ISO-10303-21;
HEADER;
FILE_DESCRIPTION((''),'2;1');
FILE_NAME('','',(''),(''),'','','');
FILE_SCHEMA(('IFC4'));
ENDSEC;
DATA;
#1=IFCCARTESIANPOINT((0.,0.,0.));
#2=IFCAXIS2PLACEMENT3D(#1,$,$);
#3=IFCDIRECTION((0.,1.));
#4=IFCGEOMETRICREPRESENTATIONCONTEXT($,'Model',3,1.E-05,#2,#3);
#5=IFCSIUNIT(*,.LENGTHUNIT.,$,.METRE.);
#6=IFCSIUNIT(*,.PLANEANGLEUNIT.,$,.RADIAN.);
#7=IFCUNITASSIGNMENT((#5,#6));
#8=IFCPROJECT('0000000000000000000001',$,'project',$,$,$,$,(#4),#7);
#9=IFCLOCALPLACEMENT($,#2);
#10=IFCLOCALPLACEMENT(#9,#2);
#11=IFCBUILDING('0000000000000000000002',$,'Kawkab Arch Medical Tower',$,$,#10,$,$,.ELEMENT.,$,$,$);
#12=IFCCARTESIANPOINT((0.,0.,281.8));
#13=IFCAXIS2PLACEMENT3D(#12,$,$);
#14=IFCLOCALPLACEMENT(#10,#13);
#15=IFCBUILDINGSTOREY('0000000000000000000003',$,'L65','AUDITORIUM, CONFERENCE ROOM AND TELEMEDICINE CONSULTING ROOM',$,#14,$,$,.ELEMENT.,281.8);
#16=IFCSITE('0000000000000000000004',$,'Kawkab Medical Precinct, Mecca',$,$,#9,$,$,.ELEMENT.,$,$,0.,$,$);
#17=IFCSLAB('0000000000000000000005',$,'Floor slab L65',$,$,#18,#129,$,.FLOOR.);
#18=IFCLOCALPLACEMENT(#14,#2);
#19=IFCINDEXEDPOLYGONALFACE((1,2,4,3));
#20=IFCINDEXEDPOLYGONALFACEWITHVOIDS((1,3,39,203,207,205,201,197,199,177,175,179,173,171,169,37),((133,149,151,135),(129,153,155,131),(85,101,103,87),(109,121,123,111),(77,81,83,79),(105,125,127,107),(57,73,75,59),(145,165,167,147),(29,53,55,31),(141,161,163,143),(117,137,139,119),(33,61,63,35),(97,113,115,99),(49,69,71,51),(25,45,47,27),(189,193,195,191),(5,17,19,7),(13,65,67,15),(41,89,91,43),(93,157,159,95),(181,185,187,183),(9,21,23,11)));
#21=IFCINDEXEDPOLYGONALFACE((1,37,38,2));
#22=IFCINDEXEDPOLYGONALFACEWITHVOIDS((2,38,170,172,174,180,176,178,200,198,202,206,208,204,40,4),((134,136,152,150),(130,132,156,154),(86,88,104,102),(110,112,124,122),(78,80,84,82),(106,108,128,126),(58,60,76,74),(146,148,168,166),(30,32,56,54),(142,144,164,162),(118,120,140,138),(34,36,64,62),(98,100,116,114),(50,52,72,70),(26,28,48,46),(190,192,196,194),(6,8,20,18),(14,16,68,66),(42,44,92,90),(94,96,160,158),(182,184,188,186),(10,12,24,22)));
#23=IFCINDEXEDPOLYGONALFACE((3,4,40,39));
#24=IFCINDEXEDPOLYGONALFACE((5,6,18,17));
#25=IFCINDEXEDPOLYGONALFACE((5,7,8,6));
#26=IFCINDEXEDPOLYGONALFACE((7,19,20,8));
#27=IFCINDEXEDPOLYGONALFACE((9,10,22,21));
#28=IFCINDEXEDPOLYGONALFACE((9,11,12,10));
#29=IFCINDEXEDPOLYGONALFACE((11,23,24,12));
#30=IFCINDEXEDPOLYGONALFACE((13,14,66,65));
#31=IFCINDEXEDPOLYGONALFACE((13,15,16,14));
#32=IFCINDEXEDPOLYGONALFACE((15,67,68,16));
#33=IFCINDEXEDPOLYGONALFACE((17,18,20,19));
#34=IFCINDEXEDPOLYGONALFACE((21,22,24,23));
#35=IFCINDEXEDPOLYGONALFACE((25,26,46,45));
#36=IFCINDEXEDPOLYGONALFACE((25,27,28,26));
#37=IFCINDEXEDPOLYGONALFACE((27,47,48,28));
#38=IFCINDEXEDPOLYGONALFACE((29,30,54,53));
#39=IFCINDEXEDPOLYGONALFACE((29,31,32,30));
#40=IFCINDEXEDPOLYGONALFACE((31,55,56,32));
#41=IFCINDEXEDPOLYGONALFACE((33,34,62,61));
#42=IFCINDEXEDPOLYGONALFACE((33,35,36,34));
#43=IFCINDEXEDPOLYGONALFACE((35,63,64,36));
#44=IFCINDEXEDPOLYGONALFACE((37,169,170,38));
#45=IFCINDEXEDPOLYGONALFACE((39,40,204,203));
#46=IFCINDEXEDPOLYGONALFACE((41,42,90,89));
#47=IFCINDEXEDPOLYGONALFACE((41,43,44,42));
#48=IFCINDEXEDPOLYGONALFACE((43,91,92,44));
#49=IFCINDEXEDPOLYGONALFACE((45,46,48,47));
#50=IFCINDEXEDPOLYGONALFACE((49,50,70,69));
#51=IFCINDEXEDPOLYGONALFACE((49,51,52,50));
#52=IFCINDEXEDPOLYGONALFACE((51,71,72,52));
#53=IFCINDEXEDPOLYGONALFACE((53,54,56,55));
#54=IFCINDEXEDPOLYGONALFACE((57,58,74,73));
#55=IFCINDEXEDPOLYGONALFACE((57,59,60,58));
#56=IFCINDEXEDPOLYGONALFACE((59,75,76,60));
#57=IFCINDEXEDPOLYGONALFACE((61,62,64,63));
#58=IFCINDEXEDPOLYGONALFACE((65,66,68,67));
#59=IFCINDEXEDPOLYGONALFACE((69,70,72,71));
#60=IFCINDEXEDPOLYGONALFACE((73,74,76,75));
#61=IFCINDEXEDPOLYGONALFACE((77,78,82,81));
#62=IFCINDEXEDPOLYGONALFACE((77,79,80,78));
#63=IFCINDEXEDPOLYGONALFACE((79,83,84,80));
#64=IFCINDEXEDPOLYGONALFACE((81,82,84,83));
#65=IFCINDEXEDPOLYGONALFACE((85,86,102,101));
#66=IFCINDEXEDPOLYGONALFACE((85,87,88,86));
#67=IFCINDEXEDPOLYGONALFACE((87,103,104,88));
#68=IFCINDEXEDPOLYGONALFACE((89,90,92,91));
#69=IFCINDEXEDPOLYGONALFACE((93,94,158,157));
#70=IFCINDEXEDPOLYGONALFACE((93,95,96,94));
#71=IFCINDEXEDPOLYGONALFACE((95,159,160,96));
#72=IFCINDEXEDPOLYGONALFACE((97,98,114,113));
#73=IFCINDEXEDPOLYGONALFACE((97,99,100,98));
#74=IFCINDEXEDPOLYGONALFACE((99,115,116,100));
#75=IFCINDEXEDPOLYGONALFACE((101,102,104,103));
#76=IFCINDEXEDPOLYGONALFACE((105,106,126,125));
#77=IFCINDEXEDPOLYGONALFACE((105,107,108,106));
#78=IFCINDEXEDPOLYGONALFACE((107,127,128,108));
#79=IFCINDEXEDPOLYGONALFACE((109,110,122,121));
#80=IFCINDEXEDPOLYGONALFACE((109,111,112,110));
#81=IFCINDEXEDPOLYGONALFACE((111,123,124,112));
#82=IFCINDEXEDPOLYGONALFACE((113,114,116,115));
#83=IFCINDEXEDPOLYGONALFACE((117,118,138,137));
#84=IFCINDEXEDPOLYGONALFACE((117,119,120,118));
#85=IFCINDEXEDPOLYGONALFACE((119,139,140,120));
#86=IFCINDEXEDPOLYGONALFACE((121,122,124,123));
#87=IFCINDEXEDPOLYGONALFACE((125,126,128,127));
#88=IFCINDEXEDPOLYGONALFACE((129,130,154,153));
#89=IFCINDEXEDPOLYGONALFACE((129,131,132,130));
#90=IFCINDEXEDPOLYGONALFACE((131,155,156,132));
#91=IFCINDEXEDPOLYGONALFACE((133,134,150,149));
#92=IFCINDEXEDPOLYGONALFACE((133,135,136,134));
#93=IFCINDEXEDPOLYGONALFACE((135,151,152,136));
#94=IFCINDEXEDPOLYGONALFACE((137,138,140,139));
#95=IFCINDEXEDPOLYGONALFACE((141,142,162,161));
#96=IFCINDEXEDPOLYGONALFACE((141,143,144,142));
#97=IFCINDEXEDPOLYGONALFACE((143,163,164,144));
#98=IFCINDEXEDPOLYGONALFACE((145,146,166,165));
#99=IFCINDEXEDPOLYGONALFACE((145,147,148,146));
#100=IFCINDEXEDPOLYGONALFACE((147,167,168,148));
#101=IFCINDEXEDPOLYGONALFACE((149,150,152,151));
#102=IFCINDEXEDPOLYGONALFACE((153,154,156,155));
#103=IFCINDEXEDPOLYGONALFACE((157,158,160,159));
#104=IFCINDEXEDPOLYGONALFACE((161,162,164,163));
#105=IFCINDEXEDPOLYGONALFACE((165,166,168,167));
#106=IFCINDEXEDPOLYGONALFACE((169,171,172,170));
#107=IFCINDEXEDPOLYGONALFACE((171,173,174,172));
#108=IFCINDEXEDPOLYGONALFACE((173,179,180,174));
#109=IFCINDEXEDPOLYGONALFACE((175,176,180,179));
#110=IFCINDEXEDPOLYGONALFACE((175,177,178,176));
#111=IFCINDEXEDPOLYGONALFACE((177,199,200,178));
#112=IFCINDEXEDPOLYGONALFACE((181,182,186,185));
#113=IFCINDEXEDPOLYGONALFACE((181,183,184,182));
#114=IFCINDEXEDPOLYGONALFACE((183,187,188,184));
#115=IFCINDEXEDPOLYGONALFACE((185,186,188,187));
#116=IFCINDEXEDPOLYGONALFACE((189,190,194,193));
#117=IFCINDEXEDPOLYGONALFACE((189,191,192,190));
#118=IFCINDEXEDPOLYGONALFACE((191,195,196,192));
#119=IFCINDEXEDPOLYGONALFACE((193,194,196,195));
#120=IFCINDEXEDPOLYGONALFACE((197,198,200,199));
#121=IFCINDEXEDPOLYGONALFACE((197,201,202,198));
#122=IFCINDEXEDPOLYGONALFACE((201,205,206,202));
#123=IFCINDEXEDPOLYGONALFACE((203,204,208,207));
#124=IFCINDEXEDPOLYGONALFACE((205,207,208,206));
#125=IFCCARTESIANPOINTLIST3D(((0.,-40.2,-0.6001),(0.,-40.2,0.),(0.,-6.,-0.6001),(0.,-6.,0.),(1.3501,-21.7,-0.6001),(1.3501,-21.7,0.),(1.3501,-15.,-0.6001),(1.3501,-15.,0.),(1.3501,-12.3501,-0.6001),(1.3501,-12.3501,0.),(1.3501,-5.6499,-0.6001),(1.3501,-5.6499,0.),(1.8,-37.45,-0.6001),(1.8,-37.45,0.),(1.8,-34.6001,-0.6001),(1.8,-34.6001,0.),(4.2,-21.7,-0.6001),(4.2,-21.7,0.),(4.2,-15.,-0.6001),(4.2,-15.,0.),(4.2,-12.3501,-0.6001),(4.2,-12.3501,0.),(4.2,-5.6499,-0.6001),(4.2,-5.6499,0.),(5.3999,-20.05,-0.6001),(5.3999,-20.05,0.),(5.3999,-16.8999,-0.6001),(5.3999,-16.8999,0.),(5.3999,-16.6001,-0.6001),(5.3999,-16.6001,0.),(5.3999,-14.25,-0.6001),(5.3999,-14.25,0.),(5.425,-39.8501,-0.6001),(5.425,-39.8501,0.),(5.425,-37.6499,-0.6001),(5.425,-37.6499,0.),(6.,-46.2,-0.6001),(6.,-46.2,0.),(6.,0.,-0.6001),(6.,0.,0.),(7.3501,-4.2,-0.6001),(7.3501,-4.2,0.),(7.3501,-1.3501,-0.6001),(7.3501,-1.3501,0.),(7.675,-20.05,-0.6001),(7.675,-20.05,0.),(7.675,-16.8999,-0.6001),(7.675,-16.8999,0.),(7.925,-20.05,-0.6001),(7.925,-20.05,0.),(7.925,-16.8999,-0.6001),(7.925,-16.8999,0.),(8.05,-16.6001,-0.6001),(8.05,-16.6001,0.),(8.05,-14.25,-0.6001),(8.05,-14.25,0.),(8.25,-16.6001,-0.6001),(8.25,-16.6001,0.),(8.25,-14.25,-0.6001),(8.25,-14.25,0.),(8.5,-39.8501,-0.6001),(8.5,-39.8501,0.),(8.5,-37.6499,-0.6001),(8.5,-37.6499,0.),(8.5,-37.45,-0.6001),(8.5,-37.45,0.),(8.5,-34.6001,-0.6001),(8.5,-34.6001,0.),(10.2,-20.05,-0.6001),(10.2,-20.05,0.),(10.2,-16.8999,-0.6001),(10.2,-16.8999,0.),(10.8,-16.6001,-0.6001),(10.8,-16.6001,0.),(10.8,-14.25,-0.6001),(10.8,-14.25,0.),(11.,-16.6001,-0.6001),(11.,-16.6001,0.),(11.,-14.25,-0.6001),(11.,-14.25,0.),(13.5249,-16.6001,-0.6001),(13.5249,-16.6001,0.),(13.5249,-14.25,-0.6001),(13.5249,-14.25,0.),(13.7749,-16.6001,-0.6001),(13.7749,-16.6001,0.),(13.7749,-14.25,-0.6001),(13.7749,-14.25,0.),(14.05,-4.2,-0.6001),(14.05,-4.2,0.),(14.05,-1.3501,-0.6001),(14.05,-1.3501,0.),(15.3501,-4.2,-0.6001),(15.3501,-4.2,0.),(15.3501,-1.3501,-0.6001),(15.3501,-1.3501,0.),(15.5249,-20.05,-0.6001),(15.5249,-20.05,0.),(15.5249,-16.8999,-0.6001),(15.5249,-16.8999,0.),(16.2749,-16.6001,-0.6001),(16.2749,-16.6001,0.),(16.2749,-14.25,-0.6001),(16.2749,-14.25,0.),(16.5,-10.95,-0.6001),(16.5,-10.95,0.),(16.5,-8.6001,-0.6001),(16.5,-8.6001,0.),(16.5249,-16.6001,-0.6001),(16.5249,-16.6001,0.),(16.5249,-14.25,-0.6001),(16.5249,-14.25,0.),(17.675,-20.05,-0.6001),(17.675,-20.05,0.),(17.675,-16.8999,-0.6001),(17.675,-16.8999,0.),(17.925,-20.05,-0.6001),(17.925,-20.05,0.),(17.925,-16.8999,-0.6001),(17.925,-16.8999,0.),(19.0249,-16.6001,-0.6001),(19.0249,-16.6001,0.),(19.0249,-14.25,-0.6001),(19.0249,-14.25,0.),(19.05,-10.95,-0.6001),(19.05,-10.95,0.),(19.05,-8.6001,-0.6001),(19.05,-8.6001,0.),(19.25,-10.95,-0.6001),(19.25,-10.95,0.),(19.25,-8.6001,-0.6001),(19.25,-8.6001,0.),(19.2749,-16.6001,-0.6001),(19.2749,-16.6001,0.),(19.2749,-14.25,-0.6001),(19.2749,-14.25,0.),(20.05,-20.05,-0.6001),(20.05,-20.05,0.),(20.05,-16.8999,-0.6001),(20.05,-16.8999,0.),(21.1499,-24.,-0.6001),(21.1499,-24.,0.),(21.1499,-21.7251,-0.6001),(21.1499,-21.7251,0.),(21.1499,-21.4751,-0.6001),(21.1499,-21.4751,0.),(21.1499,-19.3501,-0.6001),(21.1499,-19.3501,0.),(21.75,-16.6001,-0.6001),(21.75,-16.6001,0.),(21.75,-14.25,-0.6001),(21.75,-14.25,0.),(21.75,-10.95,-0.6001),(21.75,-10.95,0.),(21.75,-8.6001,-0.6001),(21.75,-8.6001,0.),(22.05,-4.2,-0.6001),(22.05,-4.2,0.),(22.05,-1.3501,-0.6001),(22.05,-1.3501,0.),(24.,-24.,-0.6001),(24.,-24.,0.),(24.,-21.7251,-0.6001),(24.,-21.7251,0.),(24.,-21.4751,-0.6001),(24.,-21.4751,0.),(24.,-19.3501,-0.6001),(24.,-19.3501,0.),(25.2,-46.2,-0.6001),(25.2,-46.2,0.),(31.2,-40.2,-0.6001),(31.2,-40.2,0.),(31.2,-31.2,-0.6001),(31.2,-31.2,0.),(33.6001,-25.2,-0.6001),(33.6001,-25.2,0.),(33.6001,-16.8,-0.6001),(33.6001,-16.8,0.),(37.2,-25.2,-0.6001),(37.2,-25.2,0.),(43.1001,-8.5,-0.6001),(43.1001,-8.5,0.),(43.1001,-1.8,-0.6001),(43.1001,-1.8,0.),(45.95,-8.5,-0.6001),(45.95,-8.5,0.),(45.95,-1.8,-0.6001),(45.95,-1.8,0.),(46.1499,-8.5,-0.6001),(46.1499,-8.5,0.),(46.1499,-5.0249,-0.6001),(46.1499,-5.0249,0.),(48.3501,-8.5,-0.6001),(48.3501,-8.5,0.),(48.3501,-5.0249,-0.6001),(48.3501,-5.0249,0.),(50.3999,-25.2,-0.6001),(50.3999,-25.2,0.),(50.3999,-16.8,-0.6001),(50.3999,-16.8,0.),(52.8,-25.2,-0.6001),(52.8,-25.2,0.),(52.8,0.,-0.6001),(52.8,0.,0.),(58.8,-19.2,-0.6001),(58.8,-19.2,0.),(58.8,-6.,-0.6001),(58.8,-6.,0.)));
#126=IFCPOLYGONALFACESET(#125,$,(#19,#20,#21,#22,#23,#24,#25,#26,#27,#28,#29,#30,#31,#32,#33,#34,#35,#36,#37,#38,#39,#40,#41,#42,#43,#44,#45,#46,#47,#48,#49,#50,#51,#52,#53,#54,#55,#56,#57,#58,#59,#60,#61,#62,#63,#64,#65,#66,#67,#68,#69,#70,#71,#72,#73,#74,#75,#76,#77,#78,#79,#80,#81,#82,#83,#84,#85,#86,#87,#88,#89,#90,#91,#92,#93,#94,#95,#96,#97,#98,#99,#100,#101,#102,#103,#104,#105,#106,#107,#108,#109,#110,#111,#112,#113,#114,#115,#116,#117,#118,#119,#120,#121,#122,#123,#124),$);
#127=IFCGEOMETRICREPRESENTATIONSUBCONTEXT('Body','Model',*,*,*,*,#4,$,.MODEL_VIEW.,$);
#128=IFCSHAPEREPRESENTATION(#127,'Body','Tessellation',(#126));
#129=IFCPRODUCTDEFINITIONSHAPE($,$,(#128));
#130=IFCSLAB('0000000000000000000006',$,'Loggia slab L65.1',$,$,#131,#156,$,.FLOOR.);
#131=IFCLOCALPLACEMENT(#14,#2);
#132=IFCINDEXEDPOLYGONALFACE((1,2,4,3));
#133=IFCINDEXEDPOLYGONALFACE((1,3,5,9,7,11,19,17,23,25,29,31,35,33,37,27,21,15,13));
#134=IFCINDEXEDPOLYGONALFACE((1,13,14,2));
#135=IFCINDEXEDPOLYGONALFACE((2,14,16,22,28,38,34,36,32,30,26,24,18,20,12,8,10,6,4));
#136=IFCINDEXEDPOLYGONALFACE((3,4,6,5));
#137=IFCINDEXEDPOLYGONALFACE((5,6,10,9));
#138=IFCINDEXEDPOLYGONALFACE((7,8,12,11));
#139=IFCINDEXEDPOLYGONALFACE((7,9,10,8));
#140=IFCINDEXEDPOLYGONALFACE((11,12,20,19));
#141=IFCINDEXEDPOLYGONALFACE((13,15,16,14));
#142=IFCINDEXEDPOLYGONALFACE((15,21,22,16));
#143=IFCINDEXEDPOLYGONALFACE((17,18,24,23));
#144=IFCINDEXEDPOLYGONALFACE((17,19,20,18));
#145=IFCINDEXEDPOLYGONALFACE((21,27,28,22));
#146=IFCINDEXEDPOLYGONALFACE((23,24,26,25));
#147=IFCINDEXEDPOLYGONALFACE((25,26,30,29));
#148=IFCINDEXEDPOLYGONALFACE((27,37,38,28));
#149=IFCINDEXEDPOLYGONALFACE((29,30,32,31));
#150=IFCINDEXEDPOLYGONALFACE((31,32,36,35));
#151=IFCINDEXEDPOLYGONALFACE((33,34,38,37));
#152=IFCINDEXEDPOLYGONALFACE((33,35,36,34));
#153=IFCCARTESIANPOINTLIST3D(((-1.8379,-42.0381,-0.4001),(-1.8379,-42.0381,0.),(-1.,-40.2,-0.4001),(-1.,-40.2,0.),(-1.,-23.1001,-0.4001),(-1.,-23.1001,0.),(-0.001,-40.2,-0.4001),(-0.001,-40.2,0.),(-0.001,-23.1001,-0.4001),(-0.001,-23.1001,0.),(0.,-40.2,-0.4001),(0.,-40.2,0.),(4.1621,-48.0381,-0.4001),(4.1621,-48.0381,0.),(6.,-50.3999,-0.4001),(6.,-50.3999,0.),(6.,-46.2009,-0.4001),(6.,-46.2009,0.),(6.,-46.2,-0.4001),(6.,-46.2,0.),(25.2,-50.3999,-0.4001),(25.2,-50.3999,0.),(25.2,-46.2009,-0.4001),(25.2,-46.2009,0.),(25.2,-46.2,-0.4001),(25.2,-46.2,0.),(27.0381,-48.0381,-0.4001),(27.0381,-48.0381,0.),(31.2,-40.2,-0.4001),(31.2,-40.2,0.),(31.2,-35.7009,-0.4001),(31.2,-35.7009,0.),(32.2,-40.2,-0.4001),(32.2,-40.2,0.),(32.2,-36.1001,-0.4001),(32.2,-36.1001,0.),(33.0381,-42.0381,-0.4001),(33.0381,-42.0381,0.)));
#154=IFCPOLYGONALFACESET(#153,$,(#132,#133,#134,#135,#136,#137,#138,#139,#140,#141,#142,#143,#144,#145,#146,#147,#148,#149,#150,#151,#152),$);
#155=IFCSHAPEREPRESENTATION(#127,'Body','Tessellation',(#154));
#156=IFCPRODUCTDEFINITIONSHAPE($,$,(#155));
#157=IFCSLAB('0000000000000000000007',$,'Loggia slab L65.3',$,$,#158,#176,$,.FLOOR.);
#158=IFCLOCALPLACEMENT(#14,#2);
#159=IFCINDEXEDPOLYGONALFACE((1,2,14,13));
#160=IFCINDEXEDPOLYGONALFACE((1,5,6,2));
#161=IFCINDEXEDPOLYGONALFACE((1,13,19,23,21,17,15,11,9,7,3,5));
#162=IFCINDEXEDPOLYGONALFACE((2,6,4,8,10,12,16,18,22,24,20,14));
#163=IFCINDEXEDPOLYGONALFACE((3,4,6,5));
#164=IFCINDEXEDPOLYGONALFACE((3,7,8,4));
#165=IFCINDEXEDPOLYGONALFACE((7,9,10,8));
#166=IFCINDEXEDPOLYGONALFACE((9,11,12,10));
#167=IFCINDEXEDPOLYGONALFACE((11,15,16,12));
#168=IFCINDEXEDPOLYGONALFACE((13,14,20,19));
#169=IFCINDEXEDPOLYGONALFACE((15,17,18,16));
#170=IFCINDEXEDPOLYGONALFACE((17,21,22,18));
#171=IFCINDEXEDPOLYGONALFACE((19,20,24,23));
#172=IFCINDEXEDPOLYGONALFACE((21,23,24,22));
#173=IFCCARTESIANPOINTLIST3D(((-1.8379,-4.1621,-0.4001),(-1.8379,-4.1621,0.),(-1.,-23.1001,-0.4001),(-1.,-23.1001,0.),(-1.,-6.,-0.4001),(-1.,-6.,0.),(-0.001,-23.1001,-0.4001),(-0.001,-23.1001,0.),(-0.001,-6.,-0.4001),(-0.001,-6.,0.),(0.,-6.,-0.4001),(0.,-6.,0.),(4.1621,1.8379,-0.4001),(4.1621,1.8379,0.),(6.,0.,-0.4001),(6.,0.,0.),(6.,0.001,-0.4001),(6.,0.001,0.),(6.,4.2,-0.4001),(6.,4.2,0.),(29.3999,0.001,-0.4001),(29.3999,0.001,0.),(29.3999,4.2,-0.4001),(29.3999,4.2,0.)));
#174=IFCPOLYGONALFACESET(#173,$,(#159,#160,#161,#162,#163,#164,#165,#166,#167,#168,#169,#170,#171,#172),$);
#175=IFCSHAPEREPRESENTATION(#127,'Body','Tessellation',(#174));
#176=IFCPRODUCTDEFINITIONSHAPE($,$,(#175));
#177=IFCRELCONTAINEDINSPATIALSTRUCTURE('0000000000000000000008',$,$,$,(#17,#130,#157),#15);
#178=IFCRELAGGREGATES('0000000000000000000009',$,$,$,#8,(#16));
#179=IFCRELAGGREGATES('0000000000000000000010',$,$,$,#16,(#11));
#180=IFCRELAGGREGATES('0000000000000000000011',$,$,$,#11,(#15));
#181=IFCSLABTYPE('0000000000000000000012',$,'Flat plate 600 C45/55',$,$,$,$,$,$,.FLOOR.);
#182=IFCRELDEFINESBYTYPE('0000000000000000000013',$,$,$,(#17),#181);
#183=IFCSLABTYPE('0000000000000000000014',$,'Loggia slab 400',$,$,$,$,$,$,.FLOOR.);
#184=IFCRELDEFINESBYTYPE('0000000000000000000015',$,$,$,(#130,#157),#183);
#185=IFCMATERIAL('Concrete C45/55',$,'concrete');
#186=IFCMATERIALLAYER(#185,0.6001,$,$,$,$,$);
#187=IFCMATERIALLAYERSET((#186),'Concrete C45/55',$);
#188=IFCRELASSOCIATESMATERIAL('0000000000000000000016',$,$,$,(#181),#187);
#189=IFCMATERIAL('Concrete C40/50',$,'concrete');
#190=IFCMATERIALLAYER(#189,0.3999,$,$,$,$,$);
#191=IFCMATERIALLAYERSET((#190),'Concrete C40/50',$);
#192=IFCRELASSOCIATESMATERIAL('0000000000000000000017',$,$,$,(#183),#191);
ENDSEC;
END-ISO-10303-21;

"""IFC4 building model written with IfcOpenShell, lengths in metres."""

from ifc_helpers import new_model, si_unit, direction, frame, origin, place, context, subcontext, project, spatial, polyline, outline, extrude, material, layer, layer_set, type_object, element, save


model = new_model("IFC4")

# Units and contexts
model_context = context("Model", 3, precision=1e-05, world=origin(), true_north=direction((0.0, 1.0)))
body_context = subcontext(model_context, "Body", "Model", "MODEL_VIEW")
ifc_project = project(units=[si_unit("LENGTHUNIT", "METRE"), si_unit("PLANEANGLEUNIT", "RADIAN")], contexts=[model_context])

# Site, building, storey
site_placement = place(None, origin())
site = spatial("IfcSite", under=ifc_project, at=site_placement, Name="Kawkab Medical Precinct, Mecca", CompositionType="ELEMENT", RefElevation=0.0)
building_placement = place(site_placement, origin())
building = spatial("IfcBuilding", under=site, at=building_placement, Name="Kawkab Arch Medical Tower", CompositionType="ELEMENT")
storey_placement = place(building_placement, frame((0.0, 0.0, 281.8)))
storey = spatial("IfcBuildingStorey", under=building, at=storey_placement, Name="L65", Description="AUDITORIUM, CONFERENCE ROOM AND TELEMEDICINE CONSULTING ROOM", CompositionType="ELEMENT", Elevation=281.8)

# Slabs
ifc_material_1 = material(Name="Concrete C45/55", Category="concrete")
ifc_layer_1 = layer(ifc_material_1, 0.6001)
ifc_layer_set_1 = layer_set([ifc_layer_1], Name="Concrete C45/55")
slab_type_1 = type_object("IfcSlabType", Name="Flat plate 600 C45/55", PredefinedType="FLOOR", material=ifc_layer_set_1)
slab_1_placement = place(storey_placement, frame((0.0, 0.0, -0.6001)))
element("IfcSlab", 1, at=slab_1_placement, inside=storey, type_object=slab_type_1, Name="Floor slab L65", PredefinedType="FLOOR", context=body_context, shape_type="SweptSolid", body=[
    extrude(outline(polyline([(31.2, -40.2), (25.2, -46.2), (6.0, -46.2), (0.0, -40.2), (0.0, -6.0), (6.0, 0.0), (52.8, 0.0), (58.8, -6.0), (58.8, -19.2), (52.8, -25.2), (50.3999, -25.2), (50.3999, -16.8), (33.6001, -16.8), (33.6001, -25.2), (37.2, -25.2), (31.2, -31.2), (31.2, -40.2)]), holes=[polyline([(5.425, -37.6499), (5.425, -39.8501), (8.5, -39.8501), (8.5, -37.6499), (5.425, -37.6499)]), polyline([(8.5, -37.45), (8.5, -34.6001), (1.8, -34.6001), (1.8, -37.45), (8.5, -37.45)]), polyline([(5.3999, -20.05), (7.675, -20.05), (7.675, -16.8999), (5.3999, -16.8999), (5.3999, -20.05)]), polyline([(10.2, -20.05), (10.2, -16.8999), (7.925, -16.8999), (7.925, -20.05), (10.2, -20.05)]), polyline([(4.2, -21.7), (4.2, -15.0), (1.3501, -15.0), (1.3501, -21.7), (4.2, -21.7)]), polyline([(5.3999, -16.6001), (8.05, -16.6001), (8.05, -14.25), (5.3999, -14.25), (5.3999, -16.6001)]), polyline([(10.8, -14.25), (8.25, -14.25), (8.25, -16.6001), (10.8, -16.6001), (10.8, -14.25)]), polyline([(13.5249, -16.6001), (13.5249, -14.25), (11.0, -14.25), (11.0, -16.6001), (13.5249, -16.6001)]), polyline([(16.2749, -14.25), (13.7749, -14.25), (13.7749, -16.6001), (16.2749, -16.6001), (16.2749, -14.25)]), polyline([(4.2, -12.3501), (4.2, -5.6499), (1.3501, -5.6499), (1.3501, -12.3501), (4.2, -12.3501)]), polyline([(7.3501, -4.2), (14.05, -4.2), (14.05, -1.3501), (7.3501, -1.3501), (7.3501, -4.2)]), polyline([(24.0, -21.7251), (21.1499, -21.7251), (21.1499, -24.0), (24.0, -24.0), (24.0, -21.7251)]), polyline([(24.0, -19.3501), (21.1499, -19.3501), (21.1499, -21.4751), (24.0, -21.4751), (24.0, -19.3501)]), polyline([(15.5249, -20.05), (17.675, -20.05), (17.675, -16.8999), (15.5249, -16.8999), (15.5249, -20.05)]), polyline([(17.925, -20.05), (20.05, -20.05), (20.05, -16.8999), (17.925, -16.8999), (17.925, -20.05)]), polyline([(16.5249, -14.25), (16.5249, -16.6001), (19.0249, -16.6001), (19.0249, -14.25), (16.5249, -14.25)]), polyline([(19.2749, -14.25), (19.2749, -16.6001), (21.75, -16.6001), (21.75, -14.25), (19.2749, -14.25)]), polyline([(16.5, -10.95), (19.05, -10.95), (19.05, -8.6001), (16.5, -8.6001), (16.5, -10.95)]), polyline([(19.25, -8.6001), (19.25, -10.95), (21.75, -10.95), (21.75, -8.6001), (19.25, -8.6001)]), polyline([(46.1499, -8.5), (48.3501, -8.5), (48.3501, -5.0249), (46.1499, -5.0249), (46.1499, -8.5)]), polyline([(43.1001, -1.8), (43.1001, -8.5), (45.95, -8.5), (45.95, -1.8), (43.1001, -1.8)]), polyline([(22.05, -1.3501), (15.3501, -1.3501), (15.3501, -4.2), (22.05, -4.2), (22.05, -1.3501)])]), origin(), (0.0, 0.0, 1.0), 0.6001),
])
ifc_material_2 = material(Name="Concrete C40/50", Category="concrete")
ifc_layer_2 = layer(ifc_material_2, 0.3999)
ifc_layer_set_2 = layer_set([ifc_layer_2], Name="Concrete C40/50")
slab_type_2 = type_object("IfcSlabType", Name="Loggia slab 400", PredefinedType="FLOOR", material=ifc_layer_set_2)
placement_1 = place(storey_placement, frame((0.0, 0.0, -0.4001)))
element("IfcSlab", 2, at=placement_1, inside=storey, type_object=slab_type_2, Name="Loggia slab L65.1", PredefinedType="FLOOR", context=body_context, shape_type="SweptSolid", body=[
    extrude(outline(polyline([(-1.0, -40.2), (-1.0, -23.1001), (-0.001, -23.1001), (-0.001, -40.2), (0.0, -40.2), (6.0, -46.2), (6.0, -46.2009), (25.2, -46.2009), (25.2, -46.2), (31.2, -40.2), (31.2, -35.7009), (32.2, -36.1001), (32.2, -40.2), (33.0381, -42.0381), (27.0381, -48.0381), (25.2, -50.3999), (6.0, -50.3999), (4.1621, -48.0381), (-1.8379, -42.0381), (-1.0, -40.2)])), origin(), (0.0, 0.0, 1.0), 0.4001),
])
element("IfcSlab", 3, at=placement_1, inside=storey, type_object=slab_type_2, Name="Loggia slab L65.3", PredefinedType="FLOOR", context=body_context, shape_type="SweptSolid", body=[
    extrude(outline(polyline([(-1.8379, -4.1621), (4.1621, 1.8379), (6.0, 4.2), (29.3999, 4.2), (29.3999, 0.001), (6.0, 0.001), (6.0, 0.0), (0.0, -6.0), (-0.001, -6.0), (-0.001, -23.1001), (-1.0, -23.1001), (-1.0, -6.0), (-1.8379, -4.1621)])), origin(), (0.0, 0.0, 1.0), 0.4001),
])

save(model, "model.ifc")
